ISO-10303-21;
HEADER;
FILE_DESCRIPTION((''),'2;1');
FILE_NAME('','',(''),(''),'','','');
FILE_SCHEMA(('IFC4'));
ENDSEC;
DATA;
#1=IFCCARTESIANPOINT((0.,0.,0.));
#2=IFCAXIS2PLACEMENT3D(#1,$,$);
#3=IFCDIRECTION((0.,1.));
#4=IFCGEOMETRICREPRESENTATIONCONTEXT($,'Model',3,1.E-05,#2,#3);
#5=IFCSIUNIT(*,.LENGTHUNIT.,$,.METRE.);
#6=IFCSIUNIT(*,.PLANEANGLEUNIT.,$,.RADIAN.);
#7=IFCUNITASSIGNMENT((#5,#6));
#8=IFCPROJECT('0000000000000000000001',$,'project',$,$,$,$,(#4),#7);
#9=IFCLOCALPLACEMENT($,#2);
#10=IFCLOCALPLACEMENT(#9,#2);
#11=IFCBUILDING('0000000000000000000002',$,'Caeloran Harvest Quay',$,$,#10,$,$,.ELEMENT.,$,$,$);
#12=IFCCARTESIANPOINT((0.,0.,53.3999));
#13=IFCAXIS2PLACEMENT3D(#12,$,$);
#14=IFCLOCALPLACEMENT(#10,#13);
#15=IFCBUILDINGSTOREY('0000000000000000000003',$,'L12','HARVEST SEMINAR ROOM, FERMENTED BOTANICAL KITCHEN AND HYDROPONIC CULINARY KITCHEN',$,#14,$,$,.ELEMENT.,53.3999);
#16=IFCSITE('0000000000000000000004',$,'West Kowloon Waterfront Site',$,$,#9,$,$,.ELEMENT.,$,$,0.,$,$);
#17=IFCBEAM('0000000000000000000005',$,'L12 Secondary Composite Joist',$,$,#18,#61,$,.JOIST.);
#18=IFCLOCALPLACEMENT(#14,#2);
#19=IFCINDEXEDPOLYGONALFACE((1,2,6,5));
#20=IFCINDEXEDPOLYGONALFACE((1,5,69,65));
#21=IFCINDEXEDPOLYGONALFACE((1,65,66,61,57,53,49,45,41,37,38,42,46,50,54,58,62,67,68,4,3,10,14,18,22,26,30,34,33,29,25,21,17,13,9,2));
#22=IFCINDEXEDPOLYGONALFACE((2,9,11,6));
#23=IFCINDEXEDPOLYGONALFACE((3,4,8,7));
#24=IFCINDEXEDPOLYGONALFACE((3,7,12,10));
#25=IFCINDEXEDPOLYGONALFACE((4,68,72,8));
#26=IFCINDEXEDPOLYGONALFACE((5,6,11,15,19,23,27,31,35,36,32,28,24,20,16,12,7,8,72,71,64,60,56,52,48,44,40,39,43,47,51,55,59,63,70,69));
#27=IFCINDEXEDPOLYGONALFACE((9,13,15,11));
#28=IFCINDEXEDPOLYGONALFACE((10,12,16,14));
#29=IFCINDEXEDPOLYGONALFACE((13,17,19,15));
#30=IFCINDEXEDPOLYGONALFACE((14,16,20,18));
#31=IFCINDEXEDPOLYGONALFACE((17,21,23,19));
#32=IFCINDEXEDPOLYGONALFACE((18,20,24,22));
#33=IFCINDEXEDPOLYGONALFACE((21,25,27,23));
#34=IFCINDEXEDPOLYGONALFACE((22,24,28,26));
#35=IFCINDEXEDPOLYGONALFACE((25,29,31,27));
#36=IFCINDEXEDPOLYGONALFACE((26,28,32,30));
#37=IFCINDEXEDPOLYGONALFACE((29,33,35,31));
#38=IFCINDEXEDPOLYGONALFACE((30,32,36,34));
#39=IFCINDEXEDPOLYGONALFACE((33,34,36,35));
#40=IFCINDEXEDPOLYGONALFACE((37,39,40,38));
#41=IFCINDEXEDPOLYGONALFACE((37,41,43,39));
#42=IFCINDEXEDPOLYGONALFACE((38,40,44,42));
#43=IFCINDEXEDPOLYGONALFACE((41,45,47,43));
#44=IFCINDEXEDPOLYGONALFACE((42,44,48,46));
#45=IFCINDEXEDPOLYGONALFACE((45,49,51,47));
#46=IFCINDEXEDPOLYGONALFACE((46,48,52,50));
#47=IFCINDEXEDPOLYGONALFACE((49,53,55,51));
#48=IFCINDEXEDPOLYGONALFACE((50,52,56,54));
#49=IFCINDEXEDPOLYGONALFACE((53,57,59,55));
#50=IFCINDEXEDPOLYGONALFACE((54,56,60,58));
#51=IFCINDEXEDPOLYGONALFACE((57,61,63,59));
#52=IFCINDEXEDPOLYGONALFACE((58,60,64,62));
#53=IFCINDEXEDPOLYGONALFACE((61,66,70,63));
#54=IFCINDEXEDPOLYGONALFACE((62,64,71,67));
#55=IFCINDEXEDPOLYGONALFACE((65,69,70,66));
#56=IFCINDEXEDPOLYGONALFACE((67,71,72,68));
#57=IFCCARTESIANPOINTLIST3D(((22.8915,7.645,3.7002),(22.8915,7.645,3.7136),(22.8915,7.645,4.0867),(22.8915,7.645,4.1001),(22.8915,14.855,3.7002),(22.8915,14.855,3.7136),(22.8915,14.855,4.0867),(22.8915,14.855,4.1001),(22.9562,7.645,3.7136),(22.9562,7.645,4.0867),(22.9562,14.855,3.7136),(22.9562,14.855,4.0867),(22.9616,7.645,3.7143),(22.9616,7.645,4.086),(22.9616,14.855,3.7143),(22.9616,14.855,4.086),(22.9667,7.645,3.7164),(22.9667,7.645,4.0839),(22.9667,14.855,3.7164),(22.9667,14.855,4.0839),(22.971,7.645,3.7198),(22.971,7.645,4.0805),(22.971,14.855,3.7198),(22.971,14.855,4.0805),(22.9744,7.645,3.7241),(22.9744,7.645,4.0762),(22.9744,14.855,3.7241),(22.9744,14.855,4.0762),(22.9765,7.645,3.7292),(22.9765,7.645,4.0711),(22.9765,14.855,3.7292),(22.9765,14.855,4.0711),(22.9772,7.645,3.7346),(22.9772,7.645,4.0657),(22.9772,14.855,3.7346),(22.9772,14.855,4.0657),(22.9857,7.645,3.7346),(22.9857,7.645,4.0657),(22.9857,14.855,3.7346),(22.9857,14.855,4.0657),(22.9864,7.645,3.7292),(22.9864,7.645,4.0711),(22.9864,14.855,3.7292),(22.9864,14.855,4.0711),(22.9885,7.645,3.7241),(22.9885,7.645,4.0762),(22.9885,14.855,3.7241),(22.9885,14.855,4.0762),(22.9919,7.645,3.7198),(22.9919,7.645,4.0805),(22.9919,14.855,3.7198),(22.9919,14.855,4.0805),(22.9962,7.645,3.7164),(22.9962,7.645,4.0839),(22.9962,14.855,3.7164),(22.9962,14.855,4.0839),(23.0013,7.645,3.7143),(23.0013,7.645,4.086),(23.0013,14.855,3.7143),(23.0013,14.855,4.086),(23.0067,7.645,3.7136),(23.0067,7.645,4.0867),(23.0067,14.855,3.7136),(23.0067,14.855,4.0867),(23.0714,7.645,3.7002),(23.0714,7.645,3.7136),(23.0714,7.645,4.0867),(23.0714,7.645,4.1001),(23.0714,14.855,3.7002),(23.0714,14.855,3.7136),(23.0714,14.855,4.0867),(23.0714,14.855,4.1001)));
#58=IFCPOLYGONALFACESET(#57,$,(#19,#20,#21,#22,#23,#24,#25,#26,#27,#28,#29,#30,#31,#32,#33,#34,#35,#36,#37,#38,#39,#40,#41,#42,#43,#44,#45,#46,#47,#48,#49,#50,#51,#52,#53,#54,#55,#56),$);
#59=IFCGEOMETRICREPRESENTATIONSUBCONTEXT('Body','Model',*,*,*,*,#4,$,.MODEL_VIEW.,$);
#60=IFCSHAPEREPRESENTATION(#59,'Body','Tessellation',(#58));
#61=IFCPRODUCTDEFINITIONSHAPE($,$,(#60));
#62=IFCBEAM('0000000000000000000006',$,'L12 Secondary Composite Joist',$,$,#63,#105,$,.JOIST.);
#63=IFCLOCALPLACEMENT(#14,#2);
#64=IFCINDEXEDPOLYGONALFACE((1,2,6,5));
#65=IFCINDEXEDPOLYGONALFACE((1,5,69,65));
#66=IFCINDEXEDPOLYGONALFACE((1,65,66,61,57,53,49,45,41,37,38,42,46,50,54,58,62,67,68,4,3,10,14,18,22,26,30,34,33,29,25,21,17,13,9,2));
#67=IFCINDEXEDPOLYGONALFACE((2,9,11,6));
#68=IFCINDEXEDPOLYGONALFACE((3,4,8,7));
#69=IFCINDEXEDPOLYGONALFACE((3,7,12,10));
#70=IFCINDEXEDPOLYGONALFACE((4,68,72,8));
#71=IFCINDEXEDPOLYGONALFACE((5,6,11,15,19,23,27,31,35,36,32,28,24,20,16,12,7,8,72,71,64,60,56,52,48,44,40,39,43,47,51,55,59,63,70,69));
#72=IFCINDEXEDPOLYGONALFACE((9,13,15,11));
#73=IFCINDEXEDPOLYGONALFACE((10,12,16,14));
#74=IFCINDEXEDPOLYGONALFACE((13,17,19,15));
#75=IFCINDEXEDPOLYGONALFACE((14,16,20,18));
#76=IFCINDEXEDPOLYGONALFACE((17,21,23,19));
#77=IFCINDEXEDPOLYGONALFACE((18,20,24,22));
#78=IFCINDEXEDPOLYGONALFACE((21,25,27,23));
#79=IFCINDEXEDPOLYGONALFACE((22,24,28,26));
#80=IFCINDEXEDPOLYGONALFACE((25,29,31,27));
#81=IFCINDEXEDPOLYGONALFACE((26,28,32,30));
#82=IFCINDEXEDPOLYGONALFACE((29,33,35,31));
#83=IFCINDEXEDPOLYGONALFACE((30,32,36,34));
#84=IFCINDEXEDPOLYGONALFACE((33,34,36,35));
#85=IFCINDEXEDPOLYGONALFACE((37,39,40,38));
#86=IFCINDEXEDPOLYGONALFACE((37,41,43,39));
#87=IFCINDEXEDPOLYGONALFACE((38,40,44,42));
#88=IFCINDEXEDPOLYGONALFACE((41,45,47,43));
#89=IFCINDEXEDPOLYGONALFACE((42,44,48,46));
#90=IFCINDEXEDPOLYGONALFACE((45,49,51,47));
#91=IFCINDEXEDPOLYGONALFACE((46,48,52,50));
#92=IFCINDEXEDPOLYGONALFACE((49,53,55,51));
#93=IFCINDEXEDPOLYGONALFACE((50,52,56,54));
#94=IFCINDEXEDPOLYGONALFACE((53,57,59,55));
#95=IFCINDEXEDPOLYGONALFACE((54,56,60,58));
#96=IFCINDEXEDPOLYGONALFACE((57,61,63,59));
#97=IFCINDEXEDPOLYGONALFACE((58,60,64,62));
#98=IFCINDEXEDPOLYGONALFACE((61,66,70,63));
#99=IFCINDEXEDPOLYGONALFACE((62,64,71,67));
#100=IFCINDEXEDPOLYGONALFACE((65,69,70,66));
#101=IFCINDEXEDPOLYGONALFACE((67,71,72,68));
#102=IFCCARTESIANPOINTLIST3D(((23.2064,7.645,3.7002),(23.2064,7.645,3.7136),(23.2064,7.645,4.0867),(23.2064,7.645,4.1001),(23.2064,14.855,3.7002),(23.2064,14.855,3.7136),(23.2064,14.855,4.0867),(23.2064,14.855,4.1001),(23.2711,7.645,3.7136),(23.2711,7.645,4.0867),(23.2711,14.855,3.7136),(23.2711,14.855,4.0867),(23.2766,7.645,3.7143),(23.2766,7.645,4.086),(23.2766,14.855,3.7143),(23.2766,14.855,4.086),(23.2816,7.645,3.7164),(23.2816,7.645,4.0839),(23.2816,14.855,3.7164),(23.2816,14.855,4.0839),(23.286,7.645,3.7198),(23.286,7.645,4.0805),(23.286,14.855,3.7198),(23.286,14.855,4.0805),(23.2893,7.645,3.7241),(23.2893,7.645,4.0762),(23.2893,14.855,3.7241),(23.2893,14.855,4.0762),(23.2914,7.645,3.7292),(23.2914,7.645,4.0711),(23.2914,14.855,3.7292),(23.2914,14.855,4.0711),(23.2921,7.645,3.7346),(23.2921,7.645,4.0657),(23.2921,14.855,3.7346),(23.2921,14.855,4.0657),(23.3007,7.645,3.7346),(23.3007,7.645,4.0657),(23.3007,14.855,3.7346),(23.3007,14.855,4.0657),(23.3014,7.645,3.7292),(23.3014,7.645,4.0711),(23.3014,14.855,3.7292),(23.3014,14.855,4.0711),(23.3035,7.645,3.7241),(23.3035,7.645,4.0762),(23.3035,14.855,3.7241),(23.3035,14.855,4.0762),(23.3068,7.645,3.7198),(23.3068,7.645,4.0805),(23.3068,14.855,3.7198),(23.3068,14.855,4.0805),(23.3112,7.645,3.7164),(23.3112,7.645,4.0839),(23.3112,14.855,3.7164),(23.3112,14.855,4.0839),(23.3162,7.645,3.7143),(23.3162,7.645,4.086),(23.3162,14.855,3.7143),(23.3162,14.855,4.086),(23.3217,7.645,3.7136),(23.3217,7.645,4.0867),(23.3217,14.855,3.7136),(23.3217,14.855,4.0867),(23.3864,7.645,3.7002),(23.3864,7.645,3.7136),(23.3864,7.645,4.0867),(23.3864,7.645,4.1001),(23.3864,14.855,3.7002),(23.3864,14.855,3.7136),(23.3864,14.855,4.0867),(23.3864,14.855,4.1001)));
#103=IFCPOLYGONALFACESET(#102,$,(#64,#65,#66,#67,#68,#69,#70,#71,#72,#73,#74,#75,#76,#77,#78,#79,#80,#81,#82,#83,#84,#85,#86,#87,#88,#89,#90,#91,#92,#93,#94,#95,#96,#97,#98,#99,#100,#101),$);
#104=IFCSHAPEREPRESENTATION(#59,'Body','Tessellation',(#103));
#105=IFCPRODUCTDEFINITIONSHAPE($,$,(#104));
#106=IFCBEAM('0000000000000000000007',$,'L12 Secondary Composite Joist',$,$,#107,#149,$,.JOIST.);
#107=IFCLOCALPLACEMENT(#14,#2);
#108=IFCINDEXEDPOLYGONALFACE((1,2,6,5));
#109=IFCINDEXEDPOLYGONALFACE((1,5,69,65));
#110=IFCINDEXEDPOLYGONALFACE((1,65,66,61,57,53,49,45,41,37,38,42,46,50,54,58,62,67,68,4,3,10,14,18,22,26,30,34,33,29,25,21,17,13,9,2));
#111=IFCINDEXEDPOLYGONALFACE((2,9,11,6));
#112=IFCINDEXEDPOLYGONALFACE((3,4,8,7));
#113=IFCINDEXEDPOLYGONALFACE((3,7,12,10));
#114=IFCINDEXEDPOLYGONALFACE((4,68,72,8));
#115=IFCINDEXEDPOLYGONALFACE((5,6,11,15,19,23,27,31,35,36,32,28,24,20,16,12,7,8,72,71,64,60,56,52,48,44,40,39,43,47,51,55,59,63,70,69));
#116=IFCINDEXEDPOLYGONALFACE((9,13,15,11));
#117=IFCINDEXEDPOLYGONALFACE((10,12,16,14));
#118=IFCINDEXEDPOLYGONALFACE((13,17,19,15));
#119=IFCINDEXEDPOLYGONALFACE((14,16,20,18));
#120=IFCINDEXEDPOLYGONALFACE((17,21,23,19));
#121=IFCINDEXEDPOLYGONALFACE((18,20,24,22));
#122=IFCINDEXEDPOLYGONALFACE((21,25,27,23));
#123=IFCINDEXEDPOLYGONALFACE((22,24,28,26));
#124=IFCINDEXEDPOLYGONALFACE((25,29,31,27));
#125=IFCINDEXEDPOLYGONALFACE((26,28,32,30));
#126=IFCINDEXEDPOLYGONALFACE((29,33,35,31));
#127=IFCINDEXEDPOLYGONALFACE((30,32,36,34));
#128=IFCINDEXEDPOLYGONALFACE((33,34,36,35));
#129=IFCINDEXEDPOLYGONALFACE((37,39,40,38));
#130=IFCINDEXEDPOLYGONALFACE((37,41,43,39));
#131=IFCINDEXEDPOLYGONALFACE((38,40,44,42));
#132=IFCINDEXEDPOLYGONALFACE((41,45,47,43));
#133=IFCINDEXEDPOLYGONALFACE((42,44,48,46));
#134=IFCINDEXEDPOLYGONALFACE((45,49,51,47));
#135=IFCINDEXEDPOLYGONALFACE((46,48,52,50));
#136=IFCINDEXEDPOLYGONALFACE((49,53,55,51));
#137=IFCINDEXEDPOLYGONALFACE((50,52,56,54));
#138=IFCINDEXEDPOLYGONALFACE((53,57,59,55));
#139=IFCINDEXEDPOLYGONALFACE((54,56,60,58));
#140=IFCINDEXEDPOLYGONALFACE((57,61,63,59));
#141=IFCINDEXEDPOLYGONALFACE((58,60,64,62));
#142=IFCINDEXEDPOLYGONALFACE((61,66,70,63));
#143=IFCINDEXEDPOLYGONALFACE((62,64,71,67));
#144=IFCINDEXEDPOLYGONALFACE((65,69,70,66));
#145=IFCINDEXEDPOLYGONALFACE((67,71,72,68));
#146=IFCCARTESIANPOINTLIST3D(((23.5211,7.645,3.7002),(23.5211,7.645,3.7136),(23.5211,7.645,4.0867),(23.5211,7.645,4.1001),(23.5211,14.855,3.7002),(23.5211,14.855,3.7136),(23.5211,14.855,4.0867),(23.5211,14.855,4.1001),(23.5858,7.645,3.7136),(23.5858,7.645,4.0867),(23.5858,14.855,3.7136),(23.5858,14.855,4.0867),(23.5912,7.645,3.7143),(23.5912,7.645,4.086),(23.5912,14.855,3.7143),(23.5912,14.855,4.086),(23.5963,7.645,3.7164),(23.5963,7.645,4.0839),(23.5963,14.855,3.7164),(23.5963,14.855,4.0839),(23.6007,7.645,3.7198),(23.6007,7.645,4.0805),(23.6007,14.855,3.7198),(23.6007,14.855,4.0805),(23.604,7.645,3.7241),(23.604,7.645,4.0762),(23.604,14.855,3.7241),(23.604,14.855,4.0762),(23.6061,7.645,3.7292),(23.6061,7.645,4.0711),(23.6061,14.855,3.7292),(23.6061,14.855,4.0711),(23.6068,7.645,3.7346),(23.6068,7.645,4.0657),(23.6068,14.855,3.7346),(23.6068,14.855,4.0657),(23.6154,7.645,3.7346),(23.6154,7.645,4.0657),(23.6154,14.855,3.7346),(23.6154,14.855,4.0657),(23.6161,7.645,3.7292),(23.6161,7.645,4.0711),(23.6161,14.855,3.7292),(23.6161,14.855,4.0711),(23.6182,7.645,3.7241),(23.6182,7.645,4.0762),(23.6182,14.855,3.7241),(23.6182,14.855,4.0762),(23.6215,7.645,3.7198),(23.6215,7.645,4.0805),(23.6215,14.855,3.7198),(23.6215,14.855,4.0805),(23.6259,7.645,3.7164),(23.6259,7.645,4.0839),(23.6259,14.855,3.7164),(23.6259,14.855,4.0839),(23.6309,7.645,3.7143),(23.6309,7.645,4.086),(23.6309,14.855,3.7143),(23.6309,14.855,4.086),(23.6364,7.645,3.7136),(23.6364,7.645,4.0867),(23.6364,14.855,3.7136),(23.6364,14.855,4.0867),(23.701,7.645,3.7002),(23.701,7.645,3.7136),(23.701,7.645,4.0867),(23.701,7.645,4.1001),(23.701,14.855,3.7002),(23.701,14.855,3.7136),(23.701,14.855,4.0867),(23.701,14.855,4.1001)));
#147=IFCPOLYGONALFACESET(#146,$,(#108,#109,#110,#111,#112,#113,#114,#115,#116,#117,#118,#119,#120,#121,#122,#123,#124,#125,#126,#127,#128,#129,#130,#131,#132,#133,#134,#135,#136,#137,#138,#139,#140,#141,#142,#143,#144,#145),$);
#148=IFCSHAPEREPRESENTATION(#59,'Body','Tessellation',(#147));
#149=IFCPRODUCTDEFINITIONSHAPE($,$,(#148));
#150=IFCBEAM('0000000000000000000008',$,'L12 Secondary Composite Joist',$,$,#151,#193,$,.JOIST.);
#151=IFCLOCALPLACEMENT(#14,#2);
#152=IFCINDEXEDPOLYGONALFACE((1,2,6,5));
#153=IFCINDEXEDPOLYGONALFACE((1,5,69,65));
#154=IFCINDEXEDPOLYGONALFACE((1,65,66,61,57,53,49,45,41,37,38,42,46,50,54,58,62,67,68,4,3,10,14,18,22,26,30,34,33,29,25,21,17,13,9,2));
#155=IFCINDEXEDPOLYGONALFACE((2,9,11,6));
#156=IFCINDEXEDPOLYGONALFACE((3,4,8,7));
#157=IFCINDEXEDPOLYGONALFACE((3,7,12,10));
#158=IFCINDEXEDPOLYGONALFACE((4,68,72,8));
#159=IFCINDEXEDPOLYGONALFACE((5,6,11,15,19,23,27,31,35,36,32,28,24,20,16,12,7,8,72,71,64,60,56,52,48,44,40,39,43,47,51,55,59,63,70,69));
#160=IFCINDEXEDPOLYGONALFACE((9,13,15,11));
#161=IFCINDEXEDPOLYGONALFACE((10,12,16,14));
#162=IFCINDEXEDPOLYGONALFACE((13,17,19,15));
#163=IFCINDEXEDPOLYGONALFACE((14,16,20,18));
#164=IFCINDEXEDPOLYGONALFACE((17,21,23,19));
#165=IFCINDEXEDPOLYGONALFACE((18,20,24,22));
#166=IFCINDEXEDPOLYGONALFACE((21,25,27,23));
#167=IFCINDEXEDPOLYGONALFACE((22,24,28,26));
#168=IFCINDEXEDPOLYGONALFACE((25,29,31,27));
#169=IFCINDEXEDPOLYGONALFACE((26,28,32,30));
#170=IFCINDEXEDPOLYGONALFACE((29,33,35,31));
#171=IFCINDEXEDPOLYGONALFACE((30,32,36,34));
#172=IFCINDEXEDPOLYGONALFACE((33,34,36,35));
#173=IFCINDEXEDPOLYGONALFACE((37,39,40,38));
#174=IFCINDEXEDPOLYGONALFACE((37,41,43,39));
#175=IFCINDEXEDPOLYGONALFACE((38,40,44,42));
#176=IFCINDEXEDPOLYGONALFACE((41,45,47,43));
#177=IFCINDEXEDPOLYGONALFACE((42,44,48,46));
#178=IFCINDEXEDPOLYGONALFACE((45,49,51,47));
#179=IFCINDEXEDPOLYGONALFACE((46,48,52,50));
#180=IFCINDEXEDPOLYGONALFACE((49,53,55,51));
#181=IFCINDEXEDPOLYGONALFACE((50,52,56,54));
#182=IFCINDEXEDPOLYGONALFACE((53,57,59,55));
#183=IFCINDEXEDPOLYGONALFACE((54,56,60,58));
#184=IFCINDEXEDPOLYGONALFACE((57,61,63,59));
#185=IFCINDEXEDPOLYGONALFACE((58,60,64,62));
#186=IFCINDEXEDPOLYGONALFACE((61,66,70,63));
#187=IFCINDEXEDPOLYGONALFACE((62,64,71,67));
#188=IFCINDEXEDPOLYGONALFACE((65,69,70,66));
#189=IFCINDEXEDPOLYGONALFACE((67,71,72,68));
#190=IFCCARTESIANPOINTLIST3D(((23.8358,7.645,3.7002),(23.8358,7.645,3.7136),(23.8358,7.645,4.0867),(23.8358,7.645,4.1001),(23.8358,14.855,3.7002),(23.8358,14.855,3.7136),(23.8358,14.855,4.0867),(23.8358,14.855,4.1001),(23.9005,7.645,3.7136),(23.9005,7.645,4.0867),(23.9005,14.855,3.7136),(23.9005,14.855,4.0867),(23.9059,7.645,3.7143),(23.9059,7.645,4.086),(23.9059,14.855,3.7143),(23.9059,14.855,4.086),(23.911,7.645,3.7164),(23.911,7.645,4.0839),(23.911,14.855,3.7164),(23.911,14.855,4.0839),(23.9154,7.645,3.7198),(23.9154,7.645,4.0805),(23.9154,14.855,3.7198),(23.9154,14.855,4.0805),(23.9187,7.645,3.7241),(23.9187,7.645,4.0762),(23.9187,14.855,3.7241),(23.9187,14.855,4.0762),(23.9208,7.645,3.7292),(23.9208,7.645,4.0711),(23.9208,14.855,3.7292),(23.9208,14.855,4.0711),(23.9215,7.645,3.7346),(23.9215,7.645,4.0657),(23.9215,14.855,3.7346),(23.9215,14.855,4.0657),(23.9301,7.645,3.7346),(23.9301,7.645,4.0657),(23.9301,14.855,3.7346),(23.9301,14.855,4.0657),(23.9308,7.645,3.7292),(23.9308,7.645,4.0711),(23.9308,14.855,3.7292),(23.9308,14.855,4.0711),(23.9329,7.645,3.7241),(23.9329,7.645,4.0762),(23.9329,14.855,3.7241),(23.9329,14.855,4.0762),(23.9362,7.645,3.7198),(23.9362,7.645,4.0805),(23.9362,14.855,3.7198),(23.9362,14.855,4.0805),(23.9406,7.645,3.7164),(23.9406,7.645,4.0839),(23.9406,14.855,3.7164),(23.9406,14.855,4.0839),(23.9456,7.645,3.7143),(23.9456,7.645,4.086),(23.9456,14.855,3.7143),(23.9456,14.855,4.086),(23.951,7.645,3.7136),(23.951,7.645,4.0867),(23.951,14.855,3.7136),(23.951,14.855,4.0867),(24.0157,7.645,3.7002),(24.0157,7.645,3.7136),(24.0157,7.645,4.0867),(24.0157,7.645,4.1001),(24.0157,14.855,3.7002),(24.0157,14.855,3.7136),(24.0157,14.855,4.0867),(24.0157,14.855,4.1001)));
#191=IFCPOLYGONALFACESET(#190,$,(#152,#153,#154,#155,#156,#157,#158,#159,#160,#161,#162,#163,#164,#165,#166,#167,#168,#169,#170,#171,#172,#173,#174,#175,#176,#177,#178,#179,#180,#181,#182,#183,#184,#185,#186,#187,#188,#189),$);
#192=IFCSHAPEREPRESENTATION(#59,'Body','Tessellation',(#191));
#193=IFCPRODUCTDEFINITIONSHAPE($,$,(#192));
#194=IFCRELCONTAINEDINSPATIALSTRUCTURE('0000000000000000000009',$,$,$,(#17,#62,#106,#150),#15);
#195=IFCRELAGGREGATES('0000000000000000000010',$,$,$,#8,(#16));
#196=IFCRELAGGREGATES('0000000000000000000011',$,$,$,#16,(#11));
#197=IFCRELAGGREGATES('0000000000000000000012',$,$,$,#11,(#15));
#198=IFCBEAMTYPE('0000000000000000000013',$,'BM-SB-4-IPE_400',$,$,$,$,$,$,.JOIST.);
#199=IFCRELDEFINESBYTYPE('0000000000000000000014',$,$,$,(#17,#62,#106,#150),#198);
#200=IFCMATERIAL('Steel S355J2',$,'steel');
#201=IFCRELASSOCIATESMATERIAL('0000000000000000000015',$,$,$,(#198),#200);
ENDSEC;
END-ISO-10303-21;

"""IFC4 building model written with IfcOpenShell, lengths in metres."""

from ifc_helpers import new_model, si_unit, direction, frame, origin, origin_2d, place, context, subcontext, project, spatial, i_section, extrude, material, material_profile, profile_set, type_object, element, save


model = new_model("IFC4")

# Units and contexts
model_context = context("Model", 3, precision=1e-05, world=origin(), true_north=direction((0.0, 1.0)))
body_context = subcontext(model_context, "Body", "Model", "MODEL_VIEW")
ifc_project = project(units=[si_unit("LENGTHUNIT", "METRE"), si_unit("PLANEANGLEUNIT", "RADIAN")], contexts=[model_context])

# Site, building, storey
site_placement = place(None, origin())
site = spatial("IfcSite", under=ifc_project, at=site_placement, Name="West Kowloon Waterfront Site", CompositionType="ELEMENT", RefElevation=0.0)
building_placement = place(site_placement, origin())
building = spatial("IfcBuilding", under=site, at=building_placement, Name="Caeloran Harvest Quay", CompositionType="ELEMENT")
storey_placement = place(building_placement, frame((0.0, 0.0, 53.3999)))
storey = spatial("IfcBuildingStorey", under=building, at=storey_placement, Name="L12", Description="HARVEST SEMINAR ROOM, FERMENTED BOTANICAL KITCHEN AND HYDROPONIC CULINARY KITCHEN", CompositionType="ELEMENT", Elevation=53.3999)

# Beams
ifc_material_1 = material(Name="Steel S355J2", Category="steel")
ifc_material_profile_1 = material_profile(ifc_material_1, i_section(OverallWidth=0.1799, OverallDepth=0.3999, WebThickness=0.0085, FlangeThickness=0.0134, FilletRadius=0.021, at=origin_2d()), Name="IPE 400")
ifc_profile_set_1 = profile_set([ifc_material_profile_1], Name="Steel S355J2")
beam_type_1 = type_object("IfcBeamType", Name="BM-SB-4-IPE_400", PredefinedType="JOIST", material=ifc_profile_set_1)
for number, where, z_axis, x_axis, name in (
    (1, (22.9814, 7.645, 3.9001), (0.0, 1.0, 0.0), (-1.0, 0.0, 0.0), "L12 Secondary Composite Joist"),
    (2, (23.2964, 7.645, 3.9001), (0.0, 1.0, 0.0), (-1.0, 0.0, 0.0), "L12 Secondary Composite Joist"),
    (3, (23.6111, 7.645, 3.9001), (0.0, 1.0, 0.0), (-1.0, 0.0, 0.0), "L12 Secondary Composite Joist"),
    (4, (23.9258, 7.645, 3.9001), (0.0, 1.0, 0.0), (-1.0, 0.0, 0.0), "L12 Secondary Composite Joist"),
):
    element("IfcBeam", number, at=place(storey_placement, frame(where, z_axis=z_axis, x_axis=x_axis)), inside=storey, type_object=beam_type_1, Name=name, PredefinedType="JOIST", context=body_context, shape_type="SweptSolid", body=[
        extrude(i_section(OverallWidth=0.1799, OverallDepth=0.3999, WebThickness=0.0085, FlangeThickness=0.0134, FilletRadius=0.021, at=origin_2d()), origin(), (0.0, 0.0, 1.0), 7.21),
    ])

save(model, "model.ifc")
